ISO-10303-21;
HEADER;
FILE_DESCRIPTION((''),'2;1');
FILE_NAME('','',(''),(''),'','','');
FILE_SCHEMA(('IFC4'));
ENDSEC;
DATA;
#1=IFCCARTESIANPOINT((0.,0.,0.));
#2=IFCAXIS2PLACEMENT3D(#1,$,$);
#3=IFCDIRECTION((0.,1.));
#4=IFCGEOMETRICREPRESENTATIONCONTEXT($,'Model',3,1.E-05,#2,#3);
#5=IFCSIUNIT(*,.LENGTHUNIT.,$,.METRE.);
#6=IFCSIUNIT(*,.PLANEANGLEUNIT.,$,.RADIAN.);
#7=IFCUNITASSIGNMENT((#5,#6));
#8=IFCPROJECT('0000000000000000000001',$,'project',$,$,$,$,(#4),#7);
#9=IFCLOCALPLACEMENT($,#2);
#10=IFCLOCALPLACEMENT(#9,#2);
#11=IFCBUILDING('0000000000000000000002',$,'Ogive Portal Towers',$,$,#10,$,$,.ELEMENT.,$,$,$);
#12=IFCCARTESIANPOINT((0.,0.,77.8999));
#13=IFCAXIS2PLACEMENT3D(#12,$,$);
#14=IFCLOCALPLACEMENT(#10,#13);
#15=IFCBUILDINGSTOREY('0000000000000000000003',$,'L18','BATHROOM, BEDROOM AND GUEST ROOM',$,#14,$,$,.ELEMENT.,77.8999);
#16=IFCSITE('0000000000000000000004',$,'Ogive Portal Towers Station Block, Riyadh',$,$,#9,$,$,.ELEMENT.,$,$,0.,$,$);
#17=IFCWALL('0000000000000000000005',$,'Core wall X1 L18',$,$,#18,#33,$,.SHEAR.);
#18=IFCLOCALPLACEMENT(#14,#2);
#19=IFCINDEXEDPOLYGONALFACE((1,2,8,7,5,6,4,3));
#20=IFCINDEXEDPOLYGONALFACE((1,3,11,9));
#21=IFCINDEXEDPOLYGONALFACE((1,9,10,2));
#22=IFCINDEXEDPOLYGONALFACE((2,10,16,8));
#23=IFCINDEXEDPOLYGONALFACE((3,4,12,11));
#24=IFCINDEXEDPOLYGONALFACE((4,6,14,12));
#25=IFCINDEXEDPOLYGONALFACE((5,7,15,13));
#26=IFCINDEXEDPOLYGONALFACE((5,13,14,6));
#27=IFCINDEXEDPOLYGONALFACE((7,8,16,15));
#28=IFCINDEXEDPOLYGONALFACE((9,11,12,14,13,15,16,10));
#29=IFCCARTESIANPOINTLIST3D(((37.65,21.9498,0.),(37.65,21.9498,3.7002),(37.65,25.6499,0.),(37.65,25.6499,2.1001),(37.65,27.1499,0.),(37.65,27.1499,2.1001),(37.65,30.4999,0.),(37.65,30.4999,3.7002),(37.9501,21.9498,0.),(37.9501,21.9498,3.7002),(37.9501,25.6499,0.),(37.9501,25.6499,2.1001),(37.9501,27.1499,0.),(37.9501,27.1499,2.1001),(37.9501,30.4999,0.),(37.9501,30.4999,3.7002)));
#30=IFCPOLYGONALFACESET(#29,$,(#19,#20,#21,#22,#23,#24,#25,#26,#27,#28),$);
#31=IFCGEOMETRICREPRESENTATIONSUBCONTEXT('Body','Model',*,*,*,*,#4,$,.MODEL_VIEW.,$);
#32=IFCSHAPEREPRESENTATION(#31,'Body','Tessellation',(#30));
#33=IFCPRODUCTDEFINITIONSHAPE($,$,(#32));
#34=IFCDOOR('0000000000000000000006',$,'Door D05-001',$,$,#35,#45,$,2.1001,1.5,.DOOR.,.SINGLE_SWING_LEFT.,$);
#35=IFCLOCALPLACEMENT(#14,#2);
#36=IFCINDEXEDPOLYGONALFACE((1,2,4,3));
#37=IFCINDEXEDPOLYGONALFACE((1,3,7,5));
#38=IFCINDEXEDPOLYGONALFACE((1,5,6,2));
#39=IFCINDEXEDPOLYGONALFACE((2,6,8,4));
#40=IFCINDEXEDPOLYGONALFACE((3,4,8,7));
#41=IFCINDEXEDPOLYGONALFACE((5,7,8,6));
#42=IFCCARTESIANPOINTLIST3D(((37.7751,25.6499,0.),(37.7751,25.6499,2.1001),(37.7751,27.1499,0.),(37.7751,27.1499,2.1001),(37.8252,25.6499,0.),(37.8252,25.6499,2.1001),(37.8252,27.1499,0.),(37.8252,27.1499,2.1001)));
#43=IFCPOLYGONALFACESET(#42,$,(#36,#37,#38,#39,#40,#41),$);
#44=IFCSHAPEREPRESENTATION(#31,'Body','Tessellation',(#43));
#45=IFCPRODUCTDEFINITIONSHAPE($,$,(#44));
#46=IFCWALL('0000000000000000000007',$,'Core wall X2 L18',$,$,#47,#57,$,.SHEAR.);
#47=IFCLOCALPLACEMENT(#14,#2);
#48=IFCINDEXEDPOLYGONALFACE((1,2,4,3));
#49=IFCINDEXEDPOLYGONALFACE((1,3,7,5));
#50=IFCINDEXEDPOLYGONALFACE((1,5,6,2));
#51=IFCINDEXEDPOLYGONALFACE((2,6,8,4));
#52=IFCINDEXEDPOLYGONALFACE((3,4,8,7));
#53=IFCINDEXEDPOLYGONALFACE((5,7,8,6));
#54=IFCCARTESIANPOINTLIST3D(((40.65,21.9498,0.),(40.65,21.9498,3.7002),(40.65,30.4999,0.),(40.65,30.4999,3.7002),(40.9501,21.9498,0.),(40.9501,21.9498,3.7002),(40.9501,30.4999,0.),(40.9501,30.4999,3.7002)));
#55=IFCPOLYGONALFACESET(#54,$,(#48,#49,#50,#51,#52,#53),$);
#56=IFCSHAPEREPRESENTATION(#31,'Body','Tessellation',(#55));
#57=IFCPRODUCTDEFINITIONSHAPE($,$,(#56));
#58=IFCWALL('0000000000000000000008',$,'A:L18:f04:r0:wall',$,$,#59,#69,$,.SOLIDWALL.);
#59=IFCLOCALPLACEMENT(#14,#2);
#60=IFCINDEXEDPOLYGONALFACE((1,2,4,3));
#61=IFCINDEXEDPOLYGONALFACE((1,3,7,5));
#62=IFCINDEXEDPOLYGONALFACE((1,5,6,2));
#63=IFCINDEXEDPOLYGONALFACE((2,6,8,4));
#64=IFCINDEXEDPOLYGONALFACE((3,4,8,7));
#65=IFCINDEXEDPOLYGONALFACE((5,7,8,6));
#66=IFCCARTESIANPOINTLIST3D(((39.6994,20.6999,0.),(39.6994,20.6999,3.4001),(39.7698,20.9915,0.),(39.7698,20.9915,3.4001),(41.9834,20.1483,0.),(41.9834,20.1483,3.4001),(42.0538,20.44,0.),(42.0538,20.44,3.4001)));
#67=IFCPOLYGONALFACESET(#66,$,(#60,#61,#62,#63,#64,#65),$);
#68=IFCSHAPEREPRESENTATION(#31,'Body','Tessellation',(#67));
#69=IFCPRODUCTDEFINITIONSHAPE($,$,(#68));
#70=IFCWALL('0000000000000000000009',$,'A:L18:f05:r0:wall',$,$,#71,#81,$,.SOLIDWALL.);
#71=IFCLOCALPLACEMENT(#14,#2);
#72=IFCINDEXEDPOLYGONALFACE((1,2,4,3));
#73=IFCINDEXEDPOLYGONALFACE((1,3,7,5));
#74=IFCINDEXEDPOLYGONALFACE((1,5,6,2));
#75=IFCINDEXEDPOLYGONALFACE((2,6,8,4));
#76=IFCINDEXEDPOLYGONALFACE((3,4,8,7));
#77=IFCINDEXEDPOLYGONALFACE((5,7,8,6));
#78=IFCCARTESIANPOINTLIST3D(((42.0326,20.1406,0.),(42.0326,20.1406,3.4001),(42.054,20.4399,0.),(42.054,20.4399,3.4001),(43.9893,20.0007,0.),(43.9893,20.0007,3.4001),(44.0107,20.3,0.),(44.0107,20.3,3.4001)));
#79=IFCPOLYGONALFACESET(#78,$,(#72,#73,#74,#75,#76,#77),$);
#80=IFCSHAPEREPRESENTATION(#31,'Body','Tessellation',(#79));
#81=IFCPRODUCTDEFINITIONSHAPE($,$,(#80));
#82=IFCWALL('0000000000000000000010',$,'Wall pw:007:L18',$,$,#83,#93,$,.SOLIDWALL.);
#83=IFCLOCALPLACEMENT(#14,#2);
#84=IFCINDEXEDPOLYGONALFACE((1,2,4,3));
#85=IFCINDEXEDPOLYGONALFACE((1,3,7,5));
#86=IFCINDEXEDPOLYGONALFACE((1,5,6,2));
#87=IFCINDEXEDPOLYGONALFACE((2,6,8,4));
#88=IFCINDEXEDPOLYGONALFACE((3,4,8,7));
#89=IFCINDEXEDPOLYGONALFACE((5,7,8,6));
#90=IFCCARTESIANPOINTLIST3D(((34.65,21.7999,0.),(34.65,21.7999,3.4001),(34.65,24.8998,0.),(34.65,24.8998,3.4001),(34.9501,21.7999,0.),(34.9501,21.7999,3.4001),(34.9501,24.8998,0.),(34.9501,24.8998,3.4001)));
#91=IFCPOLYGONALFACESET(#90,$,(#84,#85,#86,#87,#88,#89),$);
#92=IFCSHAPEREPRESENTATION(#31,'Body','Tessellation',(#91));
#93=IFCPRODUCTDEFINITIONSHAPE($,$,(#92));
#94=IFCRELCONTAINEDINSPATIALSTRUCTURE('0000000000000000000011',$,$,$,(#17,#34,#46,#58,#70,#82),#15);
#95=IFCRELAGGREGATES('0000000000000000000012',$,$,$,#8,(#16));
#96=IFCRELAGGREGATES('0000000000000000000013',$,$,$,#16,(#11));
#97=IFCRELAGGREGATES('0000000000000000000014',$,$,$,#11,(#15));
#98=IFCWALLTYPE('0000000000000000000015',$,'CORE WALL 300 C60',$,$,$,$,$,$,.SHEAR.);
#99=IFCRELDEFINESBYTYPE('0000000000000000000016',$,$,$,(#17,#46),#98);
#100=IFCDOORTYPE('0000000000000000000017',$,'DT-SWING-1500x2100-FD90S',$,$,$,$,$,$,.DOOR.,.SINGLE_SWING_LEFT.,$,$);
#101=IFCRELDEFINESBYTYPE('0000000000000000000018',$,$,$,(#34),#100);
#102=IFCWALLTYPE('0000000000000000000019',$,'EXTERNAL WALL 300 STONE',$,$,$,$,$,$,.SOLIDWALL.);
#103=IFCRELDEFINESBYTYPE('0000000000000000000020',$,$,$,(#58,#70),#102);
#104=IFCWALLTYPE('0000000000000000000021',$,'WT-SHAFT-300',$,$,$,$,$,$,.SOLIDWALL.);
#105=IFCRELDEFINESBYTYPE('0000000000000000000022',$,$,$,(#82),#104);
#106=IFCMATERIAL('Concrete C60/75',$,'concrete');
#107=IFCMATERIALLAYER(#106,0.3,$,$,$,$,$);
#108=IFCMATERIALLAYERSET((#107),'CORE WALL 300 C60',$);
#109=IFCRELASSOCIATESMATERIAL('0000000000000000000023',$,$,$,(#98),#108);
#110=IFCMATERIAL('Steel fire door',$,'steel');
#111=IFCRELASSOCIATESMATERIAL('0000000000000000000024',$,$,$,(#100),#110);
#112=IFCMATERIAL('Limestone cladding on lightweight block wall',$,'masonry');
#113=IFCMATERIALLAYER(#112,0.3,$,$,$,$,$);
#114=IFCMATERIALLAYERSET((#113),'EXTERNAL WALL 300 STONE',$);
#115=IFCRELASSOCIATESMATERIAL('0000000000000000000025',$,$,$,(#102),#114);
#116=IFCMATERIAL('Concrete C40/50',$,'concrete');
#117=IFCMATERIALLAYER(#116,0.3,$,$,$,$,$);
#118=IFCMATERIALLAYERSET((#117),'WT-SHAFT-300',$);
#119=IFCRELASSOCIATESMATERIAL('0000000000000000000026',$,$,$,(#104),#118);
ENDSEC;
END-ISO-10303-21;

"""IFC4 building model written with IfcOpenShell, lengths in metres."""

from ifc_helpers import new_model, si_unit, direction, frame, frame_2d, origin, place, context, subcontext, project, spatial, rectangle, extrude, material, layer, layer_set, type_object, element, fill, save


model = new_model("IFC4")

# Units and contexts
model_context = context("Model", 3, precision=1e-05, world=origin(), true_north=direction((0.0, 1.0)))
body_context = subcontext(model_context, "Body", "Model", "MODEL_VIEW")
ifc_project = project(units=[si_unit("LENGTHUNIT", "METRE"), si_unit("PLANEANGLEUNIT", "RADIAN")], contexts=[model_context])

# Site, building, storey
site_placement = place(None, origin())
site = spatial("IfcSite", under=ifc_project, at=site_placement, Name="Ogive Portal Towers Station Block, Riyadh", CompositionType="ELEMENT", RefElevation=0.0)
building_placement = place(site_placement, origin())
building = spatial("IfcBuilding", under=site, at=building_placement, Name="Ogive Portal Towers", CompositionType="ELEMENT")
storey_placement = place(building_placement, frame((0.0, 0.0, 77.8999)))
storey = spatial("IfcBuildingStorey", under=building, at=storey_placement, Name="L18", Description="BATHROOM, BEDROOM AND GUEST ROOM", CompositionType="ELEMENT", Elevation=77.8999)

# Wall, opening, door
ifc_material_1 = material(Name="Concrete C60/75", Category="concrete")
ifc_layer_1 = layer(ifc_material_1, 0.3)
ifc_layer_set_1 = layer_set([ifc_layer_1], Name="CORE WALL 300 C60")
wall_type_1 = type_object("IfcWallType", Name="CORE WALL 300 C60", PredefinedType="SHEAR", material=ifc_layer_set_1)
wall_1_placement = place(storey_placement, frame((37.8, 21.95, 0.0), z_axis=(0.0, 0.0, 1.0), x_axis=(0.0, 1.0, 0.0)))
wall_1 = element("IfcWall", 1, at=wall_1_placement, inside=storey, type_object=wall_type_1, Name="Core wall X1 L18", PredefinedType="SHEAR", context=body_context, shape_type="SweptSolid", body=[
    extrude(rectangle(XDim=8.55, YDim=0.3, at=frame_2d((4.2749, 0.0))), origin(), (0.0, 0.0, 1.0), 3.7002),
])
opening_1_placement = place(wall_1_placement, frame((3.7, 0.0, 0.0)))
opening_1 = element("IfcOpeningElement", 2, at=opening_1_placement, cuts=wall_1, PredefinedType="OPENING", context=body_context, shape_type="SweptSolid", body=[
    extrude(rectangle(XDim=1.5, YDim=2.1001, at=frame_2d((0.75, 1.05))), frame((0.0, 0.1602, 0.0), z_axis=(0.0, -1.0, 0.0), x_axis=(1.0, 0.0, 0.0)), (0.0, 0.0, 1.0), 0.3201),
])
ifc_material_2 = material(Name="Steel fire door", Category="steel")
door_type = type_object("IfcDoorType", Name="DT-SWING-1500x2100-FD90S", OperationType="SINGLE_SWING_LEFT", PredefinedType="DOOR", material=ifc_material_2)
door_placement = place(opening_1_placement, origin())
door = element("IfcDoor", 3, at=door_placement, inside=storey, type_object=door_type, Name="Door D05-001", OperationType="SINGLE_SWING_LEFT", OverallHeight=2.1001, OverallWidth=1.5, PredefinedType="DOOR", context=body_context, shape_type="SweptSolid", body=[
    extrude(rectangle(XDim=1.5, YDim=2.1001, at=frame_2d((0.75, 1.05))), frame((0.0, 0.0249, 0.0), z_axis=(0.0, -1.0, 0.0), x_axis=(1.0, 0.0, 0.0)), (0.0, 0.0, 1.0), 0.05),
])
fill(opening_1, door)

# Walls
wall_2_placement = place(storey_placement, frame((40.8, 21.95, 0.0), z_axis=(0.0, 0.0, 1.0), x_axis=(0.0, 1.0, 0.0)))
element("IfcWall", 4, at=wall_2_placement, inside=storey, type_object=wall_type_1, Name="Core wall X2 L18", PredefinedType="SHEAR", context=body_context, shape_type="SweptSolid", body=[
    extrude(rectangle(XDim=8.55, YDim=0.3, at=frame_2d((4.2749, 0.0))), origin(), (0.0, 0.0, 1.0), 3.7002),
])
ifc_material_3 = material(Name="Limestone cladding on lightweight block wall", Category="masonry")
ifc_layer_2 = layer(ifc_material_3, 0.3)
ifc_layer_set_2 = layer_set([ifc_layer_2], Name="EXTERNAL WALL 300 STONE")
wall_type_2 = type_object("IfcWallType", Name="EXTERNAL WALL 300 STONE", PredefinedType="SOLIDWALL", material=ifc_layer_set_2)
wall_3_placement = place(storey_placement, frame((39.7346, 20.8457, 0.0), z_axis=(0.0, 0.0, 1.0), x_axis=(0.972061, -0.234729, 0.0)))
element("IfcWall", 5, at=wall_3_placement, inside=storey, type_object=wall_type_2, Name="A:L18:f04:r0:wall", PredefinedType="SOLIDWALL", context=body_context, shape_type="SweptSolid", body=[
    extrude(rectangle(XDim=2.3496, YDim=0.3, at=frame_2d((1.1748, 0.0))), origin(), (0.0, 0.0, 1.0), 3.4001),
])
wall_4_placement = place(storey_placement, frame((42.0432, 20.2903, 0.0), z_axis=(0.0, 0.0, 1.0), x_axis=(0.997454, -0.071309, 0.0)))
element("IfcWall", 6, at=wall_4_placement, inside=storey, type_object=wall_type_2, Name="A:L18:f05:r0:wall", PredefinedType="SOLIDWALL", context=body_context, shape_type="SweptSolid", body=[
    extrude(rectangle(XDim=1.9617, YDim=0.3, at=frame_2d((0.981, 0.0))), origin(), (0.0, 0.0, 1.0), 3.4001),
])

# Wall
ifc_material_4 = material(Name="Concrete C40/50", Category="concrete")
ifc_layer_3 = layer(ifc_material_4, 0.3)
ifc_layer_set_3 = layer_set([ifc_layer_3], Name="WT-SHAFT-300")
wall_type_3 = type_object("IfcWallType", Name="WT-SHAFT-300", PredefinedType="SOLIDWALL", material=ifc_layer_set_3)
wall_5_placement = place(storey_placement, frame((34.8, 21.8, 0.0), z_axis=(0.0, 0.0, 1.0), x_axis=(0.0, 1.0, 0.0)))
element("IfcWall", 7, at=wall_5_placement, inside=storey, type_object=wall_type_3, Name="Wall pw:007:L18", PredefinedType="SOLIDWALL", context=body_context, shape_type="SweptSolid", body=[
    extrude(rectangle(XDim=3.0999, YDim=0.3, at=frame_2d((1.5498, 0.0))), origin(), (0.0, 0.0, 1.0), 3.4001),
])

save(model, "model.ifc")
